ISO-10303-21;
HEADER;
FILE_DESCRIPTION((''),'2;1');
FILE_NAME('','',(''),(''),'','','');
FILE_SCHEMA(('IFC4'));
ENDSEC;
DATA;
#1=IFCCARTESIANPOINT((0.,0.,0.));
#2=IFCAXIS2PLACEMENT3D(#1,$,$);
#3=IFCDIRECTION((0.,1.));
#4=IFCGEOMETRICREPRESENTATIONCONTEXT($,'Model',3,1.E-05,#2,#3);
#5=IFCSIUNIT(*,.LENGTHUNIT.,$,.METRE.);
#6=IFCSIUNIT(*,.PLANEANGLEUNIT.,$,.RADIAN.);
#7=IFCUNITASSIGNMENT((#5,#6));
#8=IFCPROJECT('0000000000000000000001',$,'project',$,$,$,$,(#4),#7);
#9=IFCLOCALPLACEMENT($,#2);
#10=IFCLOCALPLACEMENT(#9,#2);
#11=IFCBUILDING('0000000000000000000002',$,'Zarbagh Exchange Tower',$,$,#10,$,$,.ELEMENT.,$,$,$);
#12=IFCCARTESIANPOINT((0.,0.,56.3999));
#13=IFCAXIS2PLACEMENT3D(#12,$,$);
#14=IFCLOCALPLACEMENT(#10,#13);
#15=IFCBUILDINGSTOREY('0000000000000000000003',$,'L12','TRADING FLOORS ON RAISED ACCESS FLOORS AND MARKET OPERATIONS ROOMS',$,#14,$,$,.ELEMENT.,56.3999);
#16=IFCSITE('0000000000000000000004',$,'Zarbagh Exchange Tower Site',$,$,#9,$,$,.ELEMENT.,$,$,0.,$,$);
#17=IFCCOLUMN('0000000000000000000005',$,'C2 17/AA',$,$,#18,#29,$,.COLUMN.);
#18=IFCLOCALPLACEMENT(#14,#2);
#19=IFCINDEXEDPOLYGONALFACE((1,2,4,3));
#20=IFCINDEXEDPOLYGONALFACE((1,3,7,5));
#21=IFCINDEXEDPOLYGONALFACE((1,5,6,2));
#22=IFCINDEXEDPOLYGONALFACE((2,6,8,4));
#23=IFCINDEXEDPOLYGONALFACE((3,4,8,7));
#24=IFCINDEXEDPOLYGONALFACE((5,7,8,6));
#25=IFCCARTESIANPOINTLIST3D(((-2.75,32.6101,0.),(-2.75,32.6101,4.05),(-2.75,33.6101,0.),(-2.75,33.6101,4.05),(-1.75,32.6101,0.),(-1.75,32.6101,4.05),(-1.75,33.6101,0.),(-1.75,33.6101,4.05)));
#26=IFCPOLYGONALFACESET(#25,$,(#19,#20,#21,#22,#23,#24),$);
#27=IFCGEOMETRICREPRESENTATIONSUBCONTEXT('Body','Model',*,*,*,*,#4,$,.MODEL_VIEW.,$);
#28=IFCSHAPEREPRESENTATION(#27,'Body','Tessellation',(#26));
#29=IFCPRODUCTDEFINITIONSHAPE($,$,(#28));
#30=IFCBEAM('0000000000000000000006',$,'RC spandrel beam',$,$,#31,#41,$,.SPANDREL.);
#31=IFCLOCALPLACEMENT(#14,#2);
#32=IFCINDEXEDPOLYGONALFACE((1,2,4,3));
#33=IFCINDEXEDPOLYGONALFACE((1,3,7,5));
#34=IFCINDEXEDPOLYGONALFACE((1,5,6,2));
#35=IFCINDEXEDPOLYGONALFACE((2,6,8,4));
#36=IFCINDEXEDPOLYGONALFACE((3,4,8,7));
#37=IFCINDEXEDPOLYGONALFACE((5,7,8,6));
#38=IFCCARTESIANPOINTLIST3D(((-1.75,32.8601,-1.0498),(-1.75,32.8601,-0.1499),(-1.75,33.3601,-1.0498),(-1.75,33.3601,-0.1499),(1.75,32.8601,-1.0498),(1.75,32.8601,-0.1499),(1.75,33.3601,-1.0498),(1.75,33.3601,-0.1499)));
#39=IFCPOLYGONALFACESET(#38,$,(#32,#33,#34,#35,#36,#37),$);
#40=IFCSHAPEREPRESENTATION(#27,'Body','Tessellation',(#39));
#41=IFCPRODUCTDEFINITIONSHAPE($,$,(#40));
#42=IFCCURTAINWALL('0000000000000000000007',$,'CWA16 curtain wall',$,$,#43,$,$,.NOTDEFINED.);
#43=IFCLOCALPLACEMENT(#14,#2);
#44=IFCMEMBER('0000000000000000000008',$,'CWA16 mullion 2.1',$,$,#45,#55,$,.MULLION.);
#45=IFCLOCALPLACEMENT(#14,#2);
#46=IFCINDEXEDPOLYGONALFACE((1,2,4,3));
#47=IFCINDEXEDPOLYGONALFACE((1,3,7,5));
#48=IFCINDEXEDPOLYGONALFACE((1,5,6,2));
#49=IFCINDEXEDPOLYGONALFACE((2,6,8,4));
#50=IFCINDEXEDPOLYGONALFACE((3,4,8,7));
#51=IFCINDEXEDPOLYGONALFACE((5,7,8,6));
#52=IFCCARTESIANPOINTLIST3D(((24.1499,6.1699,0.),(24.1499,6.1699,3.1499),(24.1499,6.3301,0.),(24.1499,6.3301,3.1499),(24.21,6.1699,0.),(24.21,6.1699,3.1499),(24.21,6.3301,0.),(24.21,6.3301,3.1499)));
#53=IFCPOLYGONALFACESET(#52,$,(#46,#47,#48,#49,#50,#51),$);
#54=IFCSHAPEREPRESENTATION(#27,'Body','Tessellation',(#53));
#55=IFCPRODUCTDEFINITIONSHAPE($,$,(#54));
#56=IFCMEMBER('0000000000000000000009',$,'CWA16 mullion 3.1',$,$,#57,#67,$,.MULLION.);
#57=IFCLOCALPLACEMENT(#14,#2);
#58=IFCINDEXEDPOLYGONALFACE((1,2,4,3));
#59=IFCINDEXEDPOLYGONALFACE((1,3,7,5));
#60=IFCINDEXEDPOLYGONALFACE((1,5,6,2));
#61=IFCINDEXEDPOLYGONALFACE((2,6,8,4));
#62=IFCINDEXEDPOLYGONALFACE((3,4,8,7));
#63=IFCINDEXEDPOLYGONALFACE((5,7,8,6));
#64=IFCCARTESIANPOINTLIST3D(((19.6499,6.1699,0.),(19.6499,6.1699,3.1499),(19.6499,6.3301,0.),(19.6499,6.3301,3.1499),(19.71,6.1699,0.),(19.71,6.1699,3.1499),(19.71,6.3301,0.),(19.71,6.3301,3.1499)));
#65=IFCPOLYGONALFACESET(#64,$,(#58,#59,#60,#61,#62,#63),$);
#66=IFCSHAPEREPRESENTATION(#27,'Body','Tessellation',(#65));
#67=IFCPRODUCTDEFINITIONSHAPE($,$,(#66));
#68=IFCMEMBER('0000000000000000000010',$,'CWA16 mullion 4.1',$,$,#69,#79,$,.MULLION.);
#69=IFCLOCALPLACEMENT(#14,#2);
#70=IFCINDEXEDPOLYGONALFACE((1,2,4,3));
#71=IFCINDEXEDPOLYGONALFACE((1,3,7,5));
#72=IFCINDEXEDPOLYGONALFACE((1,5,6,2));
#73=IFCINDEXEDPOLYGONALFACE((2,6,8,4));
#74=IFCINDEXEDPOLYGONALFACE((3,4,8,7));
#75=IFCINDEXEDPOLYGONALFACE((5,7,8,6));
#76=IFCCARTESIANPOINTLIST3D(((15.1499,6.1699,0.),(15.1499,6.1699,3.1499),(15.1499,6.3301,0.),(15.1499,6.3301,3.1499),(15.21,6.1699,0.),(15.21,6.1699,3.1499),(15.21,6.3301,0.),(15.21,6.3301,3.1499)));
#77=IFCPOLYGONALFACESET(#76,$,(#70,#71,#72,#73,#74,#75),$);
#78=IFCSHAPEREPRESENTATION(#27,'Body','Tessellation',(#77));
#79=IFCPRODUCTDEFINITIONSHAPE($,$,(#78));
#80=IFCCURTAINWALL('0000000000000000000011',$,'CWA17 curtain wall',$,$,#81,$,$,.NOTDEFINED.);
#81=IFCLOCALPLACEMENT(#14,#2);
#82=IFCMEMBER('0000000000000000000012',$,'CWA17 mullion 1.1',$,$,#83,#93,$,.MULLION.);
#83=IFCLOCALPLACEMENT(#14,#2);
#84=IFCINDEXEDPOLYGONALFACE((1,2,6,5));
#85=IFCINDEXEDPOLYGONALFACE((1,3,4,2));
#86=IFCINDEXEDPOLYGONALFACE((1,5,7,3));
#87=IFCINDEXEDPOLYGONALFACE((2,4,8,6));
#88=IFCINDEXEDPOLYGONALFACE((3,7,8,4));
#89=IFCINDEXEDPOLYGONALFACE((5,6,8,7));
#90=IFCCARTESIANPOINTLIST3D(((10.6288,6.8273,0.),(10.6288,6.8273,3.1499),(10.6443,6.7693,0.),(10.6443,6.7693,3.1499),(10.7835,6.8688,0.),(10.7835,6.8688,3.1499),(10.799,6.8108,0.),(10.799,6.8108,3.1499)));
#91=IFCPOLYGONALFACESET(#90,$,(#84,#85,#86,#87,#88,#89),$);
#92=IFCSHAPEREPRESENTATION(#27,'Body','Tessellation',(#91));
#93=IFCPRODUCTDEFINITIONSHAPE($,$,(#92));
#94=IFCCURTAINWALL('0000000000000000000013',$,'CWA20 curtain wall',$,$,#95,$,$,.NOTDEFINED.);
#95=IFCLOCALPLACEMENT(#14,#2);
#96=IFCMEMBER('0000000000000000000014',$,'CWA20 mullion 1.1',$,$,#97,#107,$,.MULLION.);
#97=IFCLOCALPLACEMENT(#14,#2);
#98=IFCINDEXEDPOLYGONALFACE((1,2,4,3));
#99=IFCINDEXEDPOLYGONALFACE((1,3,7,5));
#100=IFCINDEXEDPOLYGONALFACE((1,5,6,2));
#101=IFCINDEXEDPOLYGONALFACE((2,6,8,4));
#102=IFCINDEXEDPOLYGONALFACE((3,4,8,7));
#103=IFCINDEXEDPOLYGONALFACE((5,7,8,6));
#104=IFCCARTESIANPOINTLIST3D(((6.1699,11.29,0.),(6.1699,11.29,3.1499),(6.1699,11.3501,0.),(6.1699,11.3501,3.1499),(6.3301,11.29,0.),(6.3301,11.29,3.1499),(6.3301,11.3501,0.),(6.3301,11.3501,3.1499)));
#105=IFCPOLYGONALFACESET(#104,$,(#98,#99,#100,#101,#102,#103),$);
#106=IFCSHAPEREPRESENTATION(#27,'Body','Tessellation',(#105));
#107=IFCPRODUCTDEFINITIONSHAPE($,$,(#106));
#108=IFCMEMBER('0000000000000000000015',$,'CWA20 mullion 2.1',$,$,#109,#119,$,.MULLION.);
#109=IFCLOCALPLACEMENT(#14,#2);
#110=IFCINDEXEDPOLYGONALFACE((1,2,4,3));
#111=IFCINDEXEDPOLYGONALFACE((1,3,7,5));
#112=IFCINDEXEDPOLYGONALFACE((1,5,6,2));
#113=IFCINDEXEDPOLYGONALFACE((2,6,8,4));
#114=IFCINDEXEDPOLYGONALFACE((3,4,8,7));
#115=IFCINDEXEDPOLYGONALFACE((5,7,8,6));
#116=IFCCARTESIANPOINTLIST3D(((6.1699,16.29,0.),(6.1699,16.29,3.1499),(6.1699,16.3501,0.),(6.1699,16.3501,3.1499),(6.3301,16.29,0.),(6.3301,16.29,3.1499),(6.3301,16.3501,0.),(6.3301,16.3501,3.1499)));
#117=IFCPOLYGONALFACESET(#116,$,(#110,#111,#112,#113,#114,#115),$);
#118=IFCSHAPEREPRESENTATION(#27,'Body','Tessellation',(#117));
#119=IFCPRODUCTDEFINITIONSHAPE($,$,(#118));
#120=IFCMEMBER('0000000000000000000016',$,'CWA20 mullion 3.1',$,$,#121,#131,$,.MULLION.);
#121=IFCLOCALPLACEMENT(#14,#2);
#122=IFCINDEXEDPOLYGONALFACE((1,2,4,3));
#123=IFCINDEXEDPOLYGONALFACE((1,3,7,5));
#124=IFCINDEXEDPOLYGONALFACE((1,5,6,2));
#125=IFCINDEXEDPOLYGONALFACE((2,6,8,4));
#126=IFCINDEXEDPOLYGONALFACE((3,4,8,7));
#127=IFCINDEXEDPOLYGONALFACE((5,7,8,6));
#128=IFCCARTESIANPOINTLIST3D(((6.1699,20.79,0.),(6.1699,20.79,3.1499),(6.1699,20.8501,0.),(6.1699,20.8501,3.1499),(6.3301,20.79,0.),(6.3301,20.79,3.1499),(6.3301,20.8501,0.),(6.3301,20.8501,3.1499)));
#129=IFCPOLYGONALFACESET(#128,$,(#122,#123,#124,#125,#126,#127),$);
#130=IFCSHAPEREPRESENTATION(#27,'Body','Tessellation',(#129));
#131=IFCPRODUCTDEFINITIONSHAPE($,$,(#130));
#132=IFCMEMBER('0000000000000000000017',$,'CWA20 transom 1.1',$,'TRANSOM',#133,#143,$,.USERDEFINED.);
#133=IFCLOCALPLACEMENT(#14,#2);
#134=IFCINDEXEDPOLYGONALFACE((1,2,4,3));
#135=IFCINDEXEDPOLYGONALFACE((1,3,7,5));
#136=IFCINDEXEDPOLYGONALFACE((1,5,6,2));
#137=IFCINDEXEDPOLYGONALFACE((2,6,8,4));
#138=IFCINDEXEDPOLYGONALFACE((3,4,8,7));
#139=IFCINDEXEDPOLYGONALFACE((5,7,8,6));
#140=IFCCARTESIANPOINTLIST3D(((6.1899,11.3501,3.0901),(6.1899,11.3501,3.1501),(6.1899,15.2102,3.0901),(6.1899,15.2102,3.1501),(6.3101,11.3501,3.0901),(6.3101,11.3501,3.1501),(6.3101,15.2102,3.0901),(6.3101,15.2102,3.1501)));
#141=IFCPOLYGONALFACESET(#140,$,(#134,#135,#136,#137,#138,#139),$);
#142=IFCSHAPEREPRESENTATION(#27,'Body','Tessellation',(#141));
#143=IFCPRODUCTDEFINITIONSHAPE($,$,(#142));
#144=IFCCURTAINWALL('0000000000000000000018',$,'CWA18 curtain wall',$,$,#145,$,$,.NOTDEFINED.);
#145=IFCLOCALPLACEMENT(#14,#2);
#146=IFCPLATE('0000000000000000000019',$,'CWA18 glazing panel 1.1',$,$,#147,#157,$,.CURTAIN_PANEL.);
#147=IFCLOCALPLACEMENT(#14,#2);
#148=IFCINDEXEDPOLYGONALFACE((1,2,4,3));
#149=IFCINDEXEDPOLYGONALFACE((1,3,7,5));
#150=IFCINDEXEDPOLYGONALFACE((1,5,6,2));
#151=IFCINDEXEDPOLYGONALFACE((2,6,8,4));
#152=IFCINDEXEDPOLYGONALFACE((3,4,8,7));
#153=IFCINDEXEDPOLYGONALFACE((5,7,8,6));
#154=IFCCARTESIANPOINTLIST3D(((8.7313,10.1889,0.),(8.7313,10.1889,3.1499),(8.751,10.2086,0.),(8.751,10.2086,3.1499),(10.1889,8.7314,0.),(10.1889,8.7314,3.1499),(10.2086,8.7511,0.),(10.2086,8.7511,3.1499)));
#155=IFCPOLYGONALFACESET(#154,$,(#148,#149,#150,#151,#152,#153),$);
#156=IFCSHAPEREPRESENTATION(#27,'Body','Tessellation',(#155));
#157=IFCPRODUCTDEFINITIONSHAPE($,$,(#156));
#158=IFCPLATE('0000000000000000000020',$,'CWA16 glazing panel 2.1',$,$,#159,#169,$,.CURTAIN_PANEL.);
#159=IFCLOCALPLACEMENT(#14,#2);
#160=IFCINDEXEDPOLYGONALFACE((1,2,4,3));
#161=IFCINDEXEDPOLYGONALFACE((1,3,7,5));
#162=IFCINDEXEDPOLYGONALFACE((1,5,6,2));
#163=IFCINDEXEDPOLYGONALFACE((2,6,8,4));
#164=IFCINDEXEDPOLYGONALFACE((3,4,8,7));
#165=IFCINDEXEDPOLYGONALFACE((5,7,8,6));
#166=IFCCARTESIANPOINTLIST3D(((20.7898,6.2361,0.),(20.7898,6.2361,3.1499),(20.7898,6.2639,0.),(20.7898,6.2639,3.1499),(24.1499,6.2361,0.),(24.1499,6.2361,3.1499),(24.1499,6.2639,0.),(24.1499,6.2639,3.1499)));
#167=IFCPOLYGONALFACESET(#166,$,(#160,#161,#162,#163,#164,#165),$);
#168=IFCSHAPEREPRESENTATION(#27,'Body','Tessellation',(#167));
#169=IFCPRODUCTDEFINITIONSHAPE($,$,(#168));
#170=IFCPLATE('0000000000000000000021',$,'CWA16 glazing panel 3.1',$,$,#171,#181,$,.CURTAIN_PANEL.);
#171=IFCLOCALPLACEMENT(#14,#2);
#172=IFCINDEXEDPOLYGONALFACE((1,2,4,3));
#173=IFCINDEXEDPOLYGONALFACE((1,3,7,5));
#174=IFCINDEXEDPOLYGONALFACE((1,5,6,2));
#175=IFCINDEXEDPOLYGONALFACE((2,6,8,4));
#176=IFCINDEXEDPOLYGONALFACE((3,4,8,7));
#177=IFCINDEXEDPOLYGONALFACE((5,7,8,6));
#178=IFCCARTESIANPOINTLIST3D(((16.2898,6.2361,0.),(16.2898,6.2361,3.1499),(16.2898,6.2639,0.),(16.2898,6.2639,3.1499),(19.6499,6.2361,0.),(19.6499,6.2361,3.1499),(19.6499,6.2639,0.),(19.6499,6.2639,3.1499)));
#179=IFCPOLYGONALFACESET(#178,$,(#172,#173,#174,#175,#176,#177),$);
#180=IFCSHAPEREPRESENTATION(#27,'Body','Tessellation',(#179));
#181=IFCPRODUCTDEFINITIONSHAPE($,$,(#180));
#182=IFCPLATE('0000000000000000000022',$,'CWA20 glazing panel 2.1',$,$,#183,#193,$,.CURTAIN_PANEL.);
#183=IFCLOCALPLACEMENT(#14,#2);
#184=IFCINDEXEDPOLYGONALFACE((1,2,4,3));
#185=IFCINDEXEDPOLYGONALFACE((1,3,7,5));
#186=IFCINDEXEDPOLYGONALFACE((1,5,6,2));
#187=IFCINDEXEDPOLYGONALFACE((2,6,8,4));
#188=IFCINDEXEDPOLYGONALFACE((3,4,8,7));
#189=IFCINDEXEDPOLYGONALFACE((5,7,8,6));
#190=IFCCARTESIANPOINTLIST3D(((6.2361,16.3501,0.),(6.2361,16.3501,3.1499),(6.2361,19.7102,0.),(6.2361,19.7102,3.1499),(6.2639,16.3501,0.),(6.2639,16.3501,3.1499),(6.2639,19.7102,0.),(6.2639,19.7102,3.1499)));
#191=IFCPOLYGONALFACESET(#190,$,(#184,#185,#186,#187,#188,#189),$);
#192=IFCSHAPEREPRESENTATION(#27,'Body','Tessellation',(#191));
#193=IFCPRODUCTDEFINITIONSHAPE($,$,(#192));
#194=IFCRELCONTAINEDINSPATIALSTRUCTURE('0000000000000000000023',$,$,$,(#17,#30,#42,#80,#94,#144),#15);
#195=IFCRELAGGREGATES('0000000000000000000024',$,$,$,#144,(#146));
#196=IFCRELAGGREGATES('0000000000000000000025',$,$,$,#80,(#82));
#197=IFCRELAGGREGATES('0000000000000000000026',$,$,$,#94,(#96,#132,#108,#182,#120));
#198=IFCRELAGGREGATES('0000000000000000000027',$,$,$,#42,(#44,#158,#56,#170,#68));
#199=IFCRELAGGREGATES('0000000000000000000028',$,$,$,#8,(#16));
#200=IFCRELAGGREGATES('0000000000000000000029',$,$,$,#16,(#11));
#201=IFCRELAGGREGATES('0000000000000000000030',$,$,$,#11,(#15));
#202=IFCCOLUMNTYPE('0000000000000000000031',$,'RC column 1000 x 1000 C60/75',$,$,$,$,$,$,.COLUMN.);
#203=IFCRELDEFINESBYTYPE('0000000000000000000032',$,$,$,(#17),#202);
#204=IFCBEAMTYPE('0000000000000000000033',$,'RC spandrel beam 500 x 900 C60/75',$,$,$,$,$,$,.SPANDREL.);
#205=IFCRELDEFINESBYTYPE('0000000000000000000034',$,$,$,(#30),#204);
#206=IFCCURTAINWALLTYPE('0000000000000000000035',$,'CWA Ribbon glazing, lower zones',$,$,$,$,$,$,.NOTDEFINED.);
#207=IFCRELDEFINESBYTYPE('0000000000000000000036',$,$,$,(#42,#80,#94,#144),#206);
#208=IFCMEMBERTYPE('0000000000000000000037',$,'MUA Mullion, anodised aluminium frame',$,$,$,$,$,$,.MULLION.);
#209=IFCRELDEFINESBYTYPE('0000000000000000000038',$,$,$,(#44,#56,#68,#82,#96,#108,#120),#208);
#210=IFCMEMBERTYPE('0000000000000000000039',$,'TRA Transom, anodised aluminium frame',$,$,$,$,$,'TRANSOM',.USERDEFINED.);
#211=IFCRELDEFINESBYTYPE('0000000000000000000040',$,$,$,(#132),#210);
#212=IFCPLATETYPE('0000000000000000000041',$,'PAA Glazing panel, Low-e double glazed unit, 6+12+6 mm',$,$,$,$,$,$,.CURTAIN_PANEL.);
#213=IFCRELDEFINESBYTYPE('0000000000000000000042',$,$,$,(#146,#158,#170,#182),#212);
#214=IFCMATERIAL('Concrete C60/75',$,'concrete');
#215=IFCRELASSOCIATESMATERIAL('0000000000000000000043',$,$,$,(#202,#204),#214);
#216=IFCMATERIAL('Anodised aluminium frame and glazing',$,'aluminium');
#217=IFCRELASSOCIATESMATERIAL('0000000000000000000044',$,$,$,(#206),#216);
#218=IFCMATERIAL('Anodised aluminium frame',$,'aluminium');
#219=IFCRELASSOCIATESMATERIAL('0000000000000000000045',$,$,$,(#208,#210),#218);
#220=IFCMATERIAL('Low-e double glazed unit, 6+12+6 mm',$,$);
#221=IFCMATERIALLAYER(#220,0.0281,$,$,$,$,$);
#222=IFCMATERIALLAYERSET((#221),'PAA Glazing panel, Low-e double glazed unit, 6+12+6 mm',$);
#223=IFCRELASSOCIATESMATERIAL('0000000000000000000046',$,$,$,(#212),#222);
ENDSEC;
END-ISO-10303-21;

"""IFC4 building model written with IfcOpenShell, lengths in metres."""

from ifc_helpers import new_model, si_unit, direction, frame, origin, origin_2d, place, context, subcontext, project, spatial, polyline, rectangle, outline, extrude, source, transform, mapped, material, layer, layer_set, material_profile, profile_set, type_object, element, aggregate, save


model = new_model("IFC4")

# Units and contexts
model_context = context("Model", 3, precision=1e-05, world=origin(), true_north=direction((0.0, 1.0)))
body_context = subcontext(model_context, "Body", "Model", "MODEL_VIEW")
ifc_project = project(units=[si_unit("LENGTHUNIT", "METRE"), si_unit("PLANEANGLEUNIT", "RADIAN")], contexts=[model_context])

# Site, building, storey
site_placement = place(None, origin())
site = spatial("IfcSite", under=ifc_project, at=site_placement, Name="Zarbagh Exchange Tower Site", CompositionType="ELEMENT", RefElevation=0.0)
building_placement = place(site_placement, origin())
building = spatial("IfcBuilding", under=site, at=building_placement, Name="Zarbagh Exchange Tower", CompositionType="ELEMENT")
storey_placement = place(building_placement, frame((0.0, 0.0, 56.3999)))
storey = spatial("IfcBuildingStorey", under=building, at=storey_placement, Name="L12", Description="TRADING FLOORS ON RAISED ACCESS FLOORS AND MARKET OPERATIONS ROOMS", CompositionType="ELEMENT", Elevation=56.3999)

# Column
ifc_material_1 = material(Name="Concrete C60/75", Category="concrete")
ifc_material_profile_1 = material_profile(ifc_material_1, rectangle(XDim=1.0, YDim=1.0, at=origin_2d()), Name="RC column 1000 x 1000 C60/75")
ifc_profile_set_1 = profile_set([ifc_material_profile_1], Name="Concrete C60/75")
column_type = type_object("IfcColumnType", Name="RC column 1000 x 1000 C60/75", PredefinedType="COLUMN", material=ifc_profile_set_1)
column_placement = place(storey_placement, frame((-2.25, 33.1101, 0.0), z_axis=(0.0, 0.0, 1.0), x_axis=(1.0, 0.0, 0.0)))
element("IfcColumn", 1, at=column_placement, inside=storey, type_object=column_type, Name="C2 17/AA", PredefinedType="COLUMN", context=body_context, shape_type="SweptSolid", body=[
    extrude(rectangle(XDim=1.0, YDim=1.0, at=origin_2d()), origin(), (0.0, 0.0, 1.0), 4.05),
])

# Beam
ifc_material_profile_2 = material_profile(ifc_material_1, rectangle(XDim=0.5, YDim=0.8999, at=origin_2d()), Name="RC spandrel beam 500 x 900 C60/75")
ifc_profile_set_2 = profile_set([ifc_material_profile_2], Name="Concrete C60/75")
beam_type = type_object("IfcBeamType", Name="RC spandrel beam 500 x 900 C60/75", PredefinedType="SPANDREL", material=ifc_profile_set_2)
beam_placement = place(storey_placement, frame((-1.75, 33.1101, -0.5999), z_axis=(1.0, 0.0, 0.0), x_axis=(0.0, 1.0, 0.0)))
element("IfcBeam", 2, at=beam_placement, inside=storey, type_object=beam_type, Name="RC spandrel beam", PredefinedType="SPANDREL", context=body_context, shape_type="SweptSolid", body=[
    extrude(rectangle(XDim=0.5, YDim=0.8999, at=origin_2d()), origin(), (0.0, 0.0, 1.0), 3.5),
])

# Curtain wall, members
ifc_material_2 = material(Name="Anodised aluminium frame and glazing", Category="aluminium")
curtain_wall_type = type_object("IfcCurtainWallType", Name="CWA Ribbon glazing, lower zones", PredefinedType="NOTDEFINED", material=ifc_material_2)
curtain_wall_1_placement = place(storey_placement, origin())
curtain_wall_1 = element("IfcCurtainWall", 3, at=curtain_wall_1_placement, inside=storey, type_object=curtain_wall_type, Name="CWA16 curtain wall", PredefinedType="NOTDEFINED")
ifc_material_3 = material(Name="Anodised aluminium frame", Category="aluminium")
member_type_1 = type_object("IfcMemberType", Name="MUA Mullion, anodised aluminium frame", PredefinedType="MULLION", material=ifc_material_3)
shared_shape_1 = source(origin(), body_context, "Body", "SweptSolid", [
    extrude(outline(polyline([(0.0, -0.0801), (0.0601, -0.0801), (0.0601, 0.0801), (0.0, 0.0801), (0.0, -0.0801)])), origin(), (0.0, 0.0, 1.0), 3.1499),
])
placement = place(storey_placement, origin())
member_1 = element("IfcMember", 4, at=placement, type_object=member_type_1, Name="CWA16 mullion 2.1", PredefinedType="MULLION", context=body_context, shape_type="MappedRepresentation", body=[
    mapped(shared_shape_1, transform((24.21, 6.25, 0.0), x_axis=(-1.0, 0.0, 0.0), y_axis=(0.0, -1.0, 0.0), z_axis=(0.0, 0.0, 1.0))),
])
member_2 = element("IfcMember", 5, at=placement, type_object=member_type_1, Name="CWA16 mullion 3.1", PredefinedType="MULLION", context=body_context, shape_type="MappedRepresentation", body=[
    mapped(shared_shape_1, transform((19.71, 6.25, 0.0), x_axis=(-1.0, 0.0, 0.0), y_axis=(0.0, -1.0, 0.0), z_axis=(0.0, 0.0, 1.0))),
])
member_3 = element("IfcMember", 6, at=placement, type_object=member_type_1, Name="CWA16 mullion 4.1", PredefinedType="MULLION", context=body_context, shape_type="MappedRepresentation", body=[
    mapped(shared_shape_1, transform((15.21, 6.25, 0.0), x_axis=(-1.0, 0.0, 0.0), y_axis=(0.0, -1.0, 0.0), z_axis=(0.0, 0.0, 1.0))),
])

# Curtain wall, member
curtain_wall_2_placement = place(storey_placement, origin())
curtain_wall_2 = element("IfcCurtainWall", 7, at=curtain_wall_2_placement, inside=storey, type_object=curtain_wall_type, Name="CWA17 curtain wall", PredefinedType="NOTDEFINED")
member_4 = element("IfcMember", 8, at=placement, type_object=member_type_1, Name="CWA17 mullion 1.1", PredefinedType="MULLION", context=body_context, shape_type="MappedRepresentation", body=[
    mapped(shared_shape_1, transform((10.7217, 6.79, 0.0), x_axis=(-0.258825, 0.965924, 0.0), y_axis=(-0.965924, -0.258825, 0.0), z_axis=(0.0, 0.0, 1.0))),
])

# Curtain wall, members
curtain_wall_3_placement = place(storey_placement, origin())
curtain_wall_3 = element("IfcCurtainWall", 9, at=curtain_wall_3_placement, inside=storey, type_object=curtain_wall_type, Name="CWA20 curtain wall", PredefinedType="NOTDEFINED")
member_5 = element("IfcMember", 10, at=placement, type_object=member_type_1, Name="CWA20 mullion 1.1", PredefinedType="MULLION", context=body_context, shape_type="MappedRepresentation", body=[
    mapped(shared_shape_1, transform((6.25, 11.29, 0.0), x_axis=(0.0, 1.0, 0.0), y_axis=(-1.0, 0.0, 0.0), z_axis=(0.0, 0.0, 1.0))),
])
member_6 = element("IfcMember", 11, at=placement, type_object=member_type_1, Name="CWA20 mullion 2.1", PredefinedType="MULLION", context=body_context, shape_type="MappedRepresentation", body=[
    mapped(shared_shape_1, transform((6.25, 16.29, 0.0), x_axis=(0.0, 1.0, 0.0), y_axis=(-1.0, 0.0, 0.0), z_axis=(0.0, 0.0, 1.0))),
])
member_7 = element("IfcMember", 12, at=placement, type_object=member_type_1, Name="CWA20 mullion 3.1", PredefinedType="MULLION", context=body_context, shape_type="MappedRepresentation", body=[
    mapped(shared_shape_1, transform((6.25, 20.79, 0.0), x_axis=(0.0, 1.0, 0.0), y_axis=(-1.0, 0.0, 0.0), z_axis=(0.0, 0.0, 1.0))),
])
member_type_2 = type_object("IfcMemberType", Name="TRA Transom, anodised aluminium frame", ElementType="TRANSOM", PredefinedType="USERDEFINED", material=ifc_material_3)
shared_shape_2 = source(origin(), body_context, "Body", "SweptSolid", [
    extrude(outline(polyline([(-0.0601, -0.0601), (0.0, -0.0601), (0.0, 0.0601), (-0.0601, 0.0601), (-0.0601, -0.0601)])), origin(), (0.0, 0.0, 1.0), 3.8601),
])
member_8 = element("IfcMember", 13, at=placement, type_object=member_type_2, Name="CWA20 transom 1.1", ObjectType="TRANSOM", PredefinedType="USERDEFINED", context=body_context, shape_type="MappedRepresentation", body=[
    mapped(shared_shape_2, transform((6.25, 11.3501, 3.1501), x_axis=(0.0, 0.0, 1.0), y_axis=(1.0, 0.0, 0.0), z_axis=(0.0, 1.0, 0.0))),
])

# Curtain wall, plate
curtain_wall_4_placement = place(storey_placement, origin())
curtain_wall_4 = element("IfcCurtainWall", 14, at=curtain_wall_4_placement, inside=storey, type_object=curtain_wall_type, Name="CWA18 curtain wall", PredefinedType="NOTDEFINED")
ifc_material_4 = material(Name="Low-e double glazed unit, 6+12+6 mm")
ifc_layer_1 = layer(ifc_material_4, 0.0281)
ifc_layer_set_1 = layer_set([ifc_layer_1], Name="PAA Glazing panel, Low-e double glazed unit, 6+12+6 mm")
plate_type = type_object("IfcPlateType", Name="PAA Glazing panel, Low-e double glazed unit, 6+12+6 mm", PredefinedType="CURTAIN_PANEL", material=ifc_layer_set_1)
shared_shape_3 = source(origin(), body_context, "Body", "SweptSolid", [
    extrude(outline(polyline([(0.0, -0.0139), (2.0613, -0.0139), (2.0613, 0.0139), (0.0, 0.0139), (0.0, -0.0139)])), origin(), (0.0, 0.0, 1.0), 3.1499),
])
plate_1 = element("IfcPlate", 15, at=placement, type_object=plate_type, Name="CWA18 glazing panel 1.1", PredefinedType="CURTAIN_PANEL", context=body_context, shape_type="MappedRepresentation", body=[
    mapped(shared_shape_3, transform((10.1987, 8.7412, 0.0), x_axis=(-0.707107, 0.707107, 0.0), y_axis=(-0.707107, -0.707107, 0.0), z_axis=(0.0, 0.0, 1.0))),
])
aggregate(curtain_wall_4, [plate_1])

# Plates
shared_shape_4 = source(origin(), body_context, "Body", "SweptSolid", [
    extrude(outline(polyline([(0.0, -0.0139), (3.3601, -0.0139), (3.3601, 0.0139), (0.0, 0.0139), (0.0, -0.0139)])), origin(), (0.0, 0.0, 1.0), 3.1499),
])
plate_2 = element("IfcPlate", 16, at=placement, type_object=plate_type, Name="CWA16 glazing panel 2.1", PredefinedType="CURTAIN_PANEL", context=body_context, shape_type="MappedRepresentation", body=[
    mapped(shared_shape_4, transform((24.1499, 6.25, 0.0), x_axis=(-1.0, 0.0, 0.0), y_axis=(0.0, -1.0, 0.0), z_axis=(0.0, 0.0, 1.0))),
])
plate_3 = element("IfcPlate", 17, at=placement, type_object=plate_type, Name="CWA16 glazing panel 3.1", PredefinedType="CURTAIN_PANEL", context=body_context, shape_type="MappedRepresentation", body=[
    mapped(shared_shape_4, transform((19.6499, 6.25, 0.0), x_axis=(-1.0, 0.0, 0.0), y_axis=(0.0, -1.0, 0.0), z_axis=(0.0, 0.0, 1.0))),
])
plate_4 = element("IfcPlate", 18, at=placement, type_object=plate_type, Name="CWA20 glazing panel 2.1", PredefinedType="CURTAIN_PANEL", context=body_context, shape_type="MappedRepresentation", body=[
    mapped(shared_shape_4, transform((6.25, 16.3501, 0.0), x_axis=(0.0, 1.0, 0.0), y_axis=(-1.0, 0.0, 0.0), z_axis=(0.0, 0.0, 1.0))),
])
aggregate(curtain_wall_2, [member_4])

aggregate(curtain_wall_3, [member_5, member_8, member_6, plate_4, member_7])
aggregate(curtain_wall_1, [member_1, plate_2, member_2, plate_3, member_3])

save(model, "model.ifc")
